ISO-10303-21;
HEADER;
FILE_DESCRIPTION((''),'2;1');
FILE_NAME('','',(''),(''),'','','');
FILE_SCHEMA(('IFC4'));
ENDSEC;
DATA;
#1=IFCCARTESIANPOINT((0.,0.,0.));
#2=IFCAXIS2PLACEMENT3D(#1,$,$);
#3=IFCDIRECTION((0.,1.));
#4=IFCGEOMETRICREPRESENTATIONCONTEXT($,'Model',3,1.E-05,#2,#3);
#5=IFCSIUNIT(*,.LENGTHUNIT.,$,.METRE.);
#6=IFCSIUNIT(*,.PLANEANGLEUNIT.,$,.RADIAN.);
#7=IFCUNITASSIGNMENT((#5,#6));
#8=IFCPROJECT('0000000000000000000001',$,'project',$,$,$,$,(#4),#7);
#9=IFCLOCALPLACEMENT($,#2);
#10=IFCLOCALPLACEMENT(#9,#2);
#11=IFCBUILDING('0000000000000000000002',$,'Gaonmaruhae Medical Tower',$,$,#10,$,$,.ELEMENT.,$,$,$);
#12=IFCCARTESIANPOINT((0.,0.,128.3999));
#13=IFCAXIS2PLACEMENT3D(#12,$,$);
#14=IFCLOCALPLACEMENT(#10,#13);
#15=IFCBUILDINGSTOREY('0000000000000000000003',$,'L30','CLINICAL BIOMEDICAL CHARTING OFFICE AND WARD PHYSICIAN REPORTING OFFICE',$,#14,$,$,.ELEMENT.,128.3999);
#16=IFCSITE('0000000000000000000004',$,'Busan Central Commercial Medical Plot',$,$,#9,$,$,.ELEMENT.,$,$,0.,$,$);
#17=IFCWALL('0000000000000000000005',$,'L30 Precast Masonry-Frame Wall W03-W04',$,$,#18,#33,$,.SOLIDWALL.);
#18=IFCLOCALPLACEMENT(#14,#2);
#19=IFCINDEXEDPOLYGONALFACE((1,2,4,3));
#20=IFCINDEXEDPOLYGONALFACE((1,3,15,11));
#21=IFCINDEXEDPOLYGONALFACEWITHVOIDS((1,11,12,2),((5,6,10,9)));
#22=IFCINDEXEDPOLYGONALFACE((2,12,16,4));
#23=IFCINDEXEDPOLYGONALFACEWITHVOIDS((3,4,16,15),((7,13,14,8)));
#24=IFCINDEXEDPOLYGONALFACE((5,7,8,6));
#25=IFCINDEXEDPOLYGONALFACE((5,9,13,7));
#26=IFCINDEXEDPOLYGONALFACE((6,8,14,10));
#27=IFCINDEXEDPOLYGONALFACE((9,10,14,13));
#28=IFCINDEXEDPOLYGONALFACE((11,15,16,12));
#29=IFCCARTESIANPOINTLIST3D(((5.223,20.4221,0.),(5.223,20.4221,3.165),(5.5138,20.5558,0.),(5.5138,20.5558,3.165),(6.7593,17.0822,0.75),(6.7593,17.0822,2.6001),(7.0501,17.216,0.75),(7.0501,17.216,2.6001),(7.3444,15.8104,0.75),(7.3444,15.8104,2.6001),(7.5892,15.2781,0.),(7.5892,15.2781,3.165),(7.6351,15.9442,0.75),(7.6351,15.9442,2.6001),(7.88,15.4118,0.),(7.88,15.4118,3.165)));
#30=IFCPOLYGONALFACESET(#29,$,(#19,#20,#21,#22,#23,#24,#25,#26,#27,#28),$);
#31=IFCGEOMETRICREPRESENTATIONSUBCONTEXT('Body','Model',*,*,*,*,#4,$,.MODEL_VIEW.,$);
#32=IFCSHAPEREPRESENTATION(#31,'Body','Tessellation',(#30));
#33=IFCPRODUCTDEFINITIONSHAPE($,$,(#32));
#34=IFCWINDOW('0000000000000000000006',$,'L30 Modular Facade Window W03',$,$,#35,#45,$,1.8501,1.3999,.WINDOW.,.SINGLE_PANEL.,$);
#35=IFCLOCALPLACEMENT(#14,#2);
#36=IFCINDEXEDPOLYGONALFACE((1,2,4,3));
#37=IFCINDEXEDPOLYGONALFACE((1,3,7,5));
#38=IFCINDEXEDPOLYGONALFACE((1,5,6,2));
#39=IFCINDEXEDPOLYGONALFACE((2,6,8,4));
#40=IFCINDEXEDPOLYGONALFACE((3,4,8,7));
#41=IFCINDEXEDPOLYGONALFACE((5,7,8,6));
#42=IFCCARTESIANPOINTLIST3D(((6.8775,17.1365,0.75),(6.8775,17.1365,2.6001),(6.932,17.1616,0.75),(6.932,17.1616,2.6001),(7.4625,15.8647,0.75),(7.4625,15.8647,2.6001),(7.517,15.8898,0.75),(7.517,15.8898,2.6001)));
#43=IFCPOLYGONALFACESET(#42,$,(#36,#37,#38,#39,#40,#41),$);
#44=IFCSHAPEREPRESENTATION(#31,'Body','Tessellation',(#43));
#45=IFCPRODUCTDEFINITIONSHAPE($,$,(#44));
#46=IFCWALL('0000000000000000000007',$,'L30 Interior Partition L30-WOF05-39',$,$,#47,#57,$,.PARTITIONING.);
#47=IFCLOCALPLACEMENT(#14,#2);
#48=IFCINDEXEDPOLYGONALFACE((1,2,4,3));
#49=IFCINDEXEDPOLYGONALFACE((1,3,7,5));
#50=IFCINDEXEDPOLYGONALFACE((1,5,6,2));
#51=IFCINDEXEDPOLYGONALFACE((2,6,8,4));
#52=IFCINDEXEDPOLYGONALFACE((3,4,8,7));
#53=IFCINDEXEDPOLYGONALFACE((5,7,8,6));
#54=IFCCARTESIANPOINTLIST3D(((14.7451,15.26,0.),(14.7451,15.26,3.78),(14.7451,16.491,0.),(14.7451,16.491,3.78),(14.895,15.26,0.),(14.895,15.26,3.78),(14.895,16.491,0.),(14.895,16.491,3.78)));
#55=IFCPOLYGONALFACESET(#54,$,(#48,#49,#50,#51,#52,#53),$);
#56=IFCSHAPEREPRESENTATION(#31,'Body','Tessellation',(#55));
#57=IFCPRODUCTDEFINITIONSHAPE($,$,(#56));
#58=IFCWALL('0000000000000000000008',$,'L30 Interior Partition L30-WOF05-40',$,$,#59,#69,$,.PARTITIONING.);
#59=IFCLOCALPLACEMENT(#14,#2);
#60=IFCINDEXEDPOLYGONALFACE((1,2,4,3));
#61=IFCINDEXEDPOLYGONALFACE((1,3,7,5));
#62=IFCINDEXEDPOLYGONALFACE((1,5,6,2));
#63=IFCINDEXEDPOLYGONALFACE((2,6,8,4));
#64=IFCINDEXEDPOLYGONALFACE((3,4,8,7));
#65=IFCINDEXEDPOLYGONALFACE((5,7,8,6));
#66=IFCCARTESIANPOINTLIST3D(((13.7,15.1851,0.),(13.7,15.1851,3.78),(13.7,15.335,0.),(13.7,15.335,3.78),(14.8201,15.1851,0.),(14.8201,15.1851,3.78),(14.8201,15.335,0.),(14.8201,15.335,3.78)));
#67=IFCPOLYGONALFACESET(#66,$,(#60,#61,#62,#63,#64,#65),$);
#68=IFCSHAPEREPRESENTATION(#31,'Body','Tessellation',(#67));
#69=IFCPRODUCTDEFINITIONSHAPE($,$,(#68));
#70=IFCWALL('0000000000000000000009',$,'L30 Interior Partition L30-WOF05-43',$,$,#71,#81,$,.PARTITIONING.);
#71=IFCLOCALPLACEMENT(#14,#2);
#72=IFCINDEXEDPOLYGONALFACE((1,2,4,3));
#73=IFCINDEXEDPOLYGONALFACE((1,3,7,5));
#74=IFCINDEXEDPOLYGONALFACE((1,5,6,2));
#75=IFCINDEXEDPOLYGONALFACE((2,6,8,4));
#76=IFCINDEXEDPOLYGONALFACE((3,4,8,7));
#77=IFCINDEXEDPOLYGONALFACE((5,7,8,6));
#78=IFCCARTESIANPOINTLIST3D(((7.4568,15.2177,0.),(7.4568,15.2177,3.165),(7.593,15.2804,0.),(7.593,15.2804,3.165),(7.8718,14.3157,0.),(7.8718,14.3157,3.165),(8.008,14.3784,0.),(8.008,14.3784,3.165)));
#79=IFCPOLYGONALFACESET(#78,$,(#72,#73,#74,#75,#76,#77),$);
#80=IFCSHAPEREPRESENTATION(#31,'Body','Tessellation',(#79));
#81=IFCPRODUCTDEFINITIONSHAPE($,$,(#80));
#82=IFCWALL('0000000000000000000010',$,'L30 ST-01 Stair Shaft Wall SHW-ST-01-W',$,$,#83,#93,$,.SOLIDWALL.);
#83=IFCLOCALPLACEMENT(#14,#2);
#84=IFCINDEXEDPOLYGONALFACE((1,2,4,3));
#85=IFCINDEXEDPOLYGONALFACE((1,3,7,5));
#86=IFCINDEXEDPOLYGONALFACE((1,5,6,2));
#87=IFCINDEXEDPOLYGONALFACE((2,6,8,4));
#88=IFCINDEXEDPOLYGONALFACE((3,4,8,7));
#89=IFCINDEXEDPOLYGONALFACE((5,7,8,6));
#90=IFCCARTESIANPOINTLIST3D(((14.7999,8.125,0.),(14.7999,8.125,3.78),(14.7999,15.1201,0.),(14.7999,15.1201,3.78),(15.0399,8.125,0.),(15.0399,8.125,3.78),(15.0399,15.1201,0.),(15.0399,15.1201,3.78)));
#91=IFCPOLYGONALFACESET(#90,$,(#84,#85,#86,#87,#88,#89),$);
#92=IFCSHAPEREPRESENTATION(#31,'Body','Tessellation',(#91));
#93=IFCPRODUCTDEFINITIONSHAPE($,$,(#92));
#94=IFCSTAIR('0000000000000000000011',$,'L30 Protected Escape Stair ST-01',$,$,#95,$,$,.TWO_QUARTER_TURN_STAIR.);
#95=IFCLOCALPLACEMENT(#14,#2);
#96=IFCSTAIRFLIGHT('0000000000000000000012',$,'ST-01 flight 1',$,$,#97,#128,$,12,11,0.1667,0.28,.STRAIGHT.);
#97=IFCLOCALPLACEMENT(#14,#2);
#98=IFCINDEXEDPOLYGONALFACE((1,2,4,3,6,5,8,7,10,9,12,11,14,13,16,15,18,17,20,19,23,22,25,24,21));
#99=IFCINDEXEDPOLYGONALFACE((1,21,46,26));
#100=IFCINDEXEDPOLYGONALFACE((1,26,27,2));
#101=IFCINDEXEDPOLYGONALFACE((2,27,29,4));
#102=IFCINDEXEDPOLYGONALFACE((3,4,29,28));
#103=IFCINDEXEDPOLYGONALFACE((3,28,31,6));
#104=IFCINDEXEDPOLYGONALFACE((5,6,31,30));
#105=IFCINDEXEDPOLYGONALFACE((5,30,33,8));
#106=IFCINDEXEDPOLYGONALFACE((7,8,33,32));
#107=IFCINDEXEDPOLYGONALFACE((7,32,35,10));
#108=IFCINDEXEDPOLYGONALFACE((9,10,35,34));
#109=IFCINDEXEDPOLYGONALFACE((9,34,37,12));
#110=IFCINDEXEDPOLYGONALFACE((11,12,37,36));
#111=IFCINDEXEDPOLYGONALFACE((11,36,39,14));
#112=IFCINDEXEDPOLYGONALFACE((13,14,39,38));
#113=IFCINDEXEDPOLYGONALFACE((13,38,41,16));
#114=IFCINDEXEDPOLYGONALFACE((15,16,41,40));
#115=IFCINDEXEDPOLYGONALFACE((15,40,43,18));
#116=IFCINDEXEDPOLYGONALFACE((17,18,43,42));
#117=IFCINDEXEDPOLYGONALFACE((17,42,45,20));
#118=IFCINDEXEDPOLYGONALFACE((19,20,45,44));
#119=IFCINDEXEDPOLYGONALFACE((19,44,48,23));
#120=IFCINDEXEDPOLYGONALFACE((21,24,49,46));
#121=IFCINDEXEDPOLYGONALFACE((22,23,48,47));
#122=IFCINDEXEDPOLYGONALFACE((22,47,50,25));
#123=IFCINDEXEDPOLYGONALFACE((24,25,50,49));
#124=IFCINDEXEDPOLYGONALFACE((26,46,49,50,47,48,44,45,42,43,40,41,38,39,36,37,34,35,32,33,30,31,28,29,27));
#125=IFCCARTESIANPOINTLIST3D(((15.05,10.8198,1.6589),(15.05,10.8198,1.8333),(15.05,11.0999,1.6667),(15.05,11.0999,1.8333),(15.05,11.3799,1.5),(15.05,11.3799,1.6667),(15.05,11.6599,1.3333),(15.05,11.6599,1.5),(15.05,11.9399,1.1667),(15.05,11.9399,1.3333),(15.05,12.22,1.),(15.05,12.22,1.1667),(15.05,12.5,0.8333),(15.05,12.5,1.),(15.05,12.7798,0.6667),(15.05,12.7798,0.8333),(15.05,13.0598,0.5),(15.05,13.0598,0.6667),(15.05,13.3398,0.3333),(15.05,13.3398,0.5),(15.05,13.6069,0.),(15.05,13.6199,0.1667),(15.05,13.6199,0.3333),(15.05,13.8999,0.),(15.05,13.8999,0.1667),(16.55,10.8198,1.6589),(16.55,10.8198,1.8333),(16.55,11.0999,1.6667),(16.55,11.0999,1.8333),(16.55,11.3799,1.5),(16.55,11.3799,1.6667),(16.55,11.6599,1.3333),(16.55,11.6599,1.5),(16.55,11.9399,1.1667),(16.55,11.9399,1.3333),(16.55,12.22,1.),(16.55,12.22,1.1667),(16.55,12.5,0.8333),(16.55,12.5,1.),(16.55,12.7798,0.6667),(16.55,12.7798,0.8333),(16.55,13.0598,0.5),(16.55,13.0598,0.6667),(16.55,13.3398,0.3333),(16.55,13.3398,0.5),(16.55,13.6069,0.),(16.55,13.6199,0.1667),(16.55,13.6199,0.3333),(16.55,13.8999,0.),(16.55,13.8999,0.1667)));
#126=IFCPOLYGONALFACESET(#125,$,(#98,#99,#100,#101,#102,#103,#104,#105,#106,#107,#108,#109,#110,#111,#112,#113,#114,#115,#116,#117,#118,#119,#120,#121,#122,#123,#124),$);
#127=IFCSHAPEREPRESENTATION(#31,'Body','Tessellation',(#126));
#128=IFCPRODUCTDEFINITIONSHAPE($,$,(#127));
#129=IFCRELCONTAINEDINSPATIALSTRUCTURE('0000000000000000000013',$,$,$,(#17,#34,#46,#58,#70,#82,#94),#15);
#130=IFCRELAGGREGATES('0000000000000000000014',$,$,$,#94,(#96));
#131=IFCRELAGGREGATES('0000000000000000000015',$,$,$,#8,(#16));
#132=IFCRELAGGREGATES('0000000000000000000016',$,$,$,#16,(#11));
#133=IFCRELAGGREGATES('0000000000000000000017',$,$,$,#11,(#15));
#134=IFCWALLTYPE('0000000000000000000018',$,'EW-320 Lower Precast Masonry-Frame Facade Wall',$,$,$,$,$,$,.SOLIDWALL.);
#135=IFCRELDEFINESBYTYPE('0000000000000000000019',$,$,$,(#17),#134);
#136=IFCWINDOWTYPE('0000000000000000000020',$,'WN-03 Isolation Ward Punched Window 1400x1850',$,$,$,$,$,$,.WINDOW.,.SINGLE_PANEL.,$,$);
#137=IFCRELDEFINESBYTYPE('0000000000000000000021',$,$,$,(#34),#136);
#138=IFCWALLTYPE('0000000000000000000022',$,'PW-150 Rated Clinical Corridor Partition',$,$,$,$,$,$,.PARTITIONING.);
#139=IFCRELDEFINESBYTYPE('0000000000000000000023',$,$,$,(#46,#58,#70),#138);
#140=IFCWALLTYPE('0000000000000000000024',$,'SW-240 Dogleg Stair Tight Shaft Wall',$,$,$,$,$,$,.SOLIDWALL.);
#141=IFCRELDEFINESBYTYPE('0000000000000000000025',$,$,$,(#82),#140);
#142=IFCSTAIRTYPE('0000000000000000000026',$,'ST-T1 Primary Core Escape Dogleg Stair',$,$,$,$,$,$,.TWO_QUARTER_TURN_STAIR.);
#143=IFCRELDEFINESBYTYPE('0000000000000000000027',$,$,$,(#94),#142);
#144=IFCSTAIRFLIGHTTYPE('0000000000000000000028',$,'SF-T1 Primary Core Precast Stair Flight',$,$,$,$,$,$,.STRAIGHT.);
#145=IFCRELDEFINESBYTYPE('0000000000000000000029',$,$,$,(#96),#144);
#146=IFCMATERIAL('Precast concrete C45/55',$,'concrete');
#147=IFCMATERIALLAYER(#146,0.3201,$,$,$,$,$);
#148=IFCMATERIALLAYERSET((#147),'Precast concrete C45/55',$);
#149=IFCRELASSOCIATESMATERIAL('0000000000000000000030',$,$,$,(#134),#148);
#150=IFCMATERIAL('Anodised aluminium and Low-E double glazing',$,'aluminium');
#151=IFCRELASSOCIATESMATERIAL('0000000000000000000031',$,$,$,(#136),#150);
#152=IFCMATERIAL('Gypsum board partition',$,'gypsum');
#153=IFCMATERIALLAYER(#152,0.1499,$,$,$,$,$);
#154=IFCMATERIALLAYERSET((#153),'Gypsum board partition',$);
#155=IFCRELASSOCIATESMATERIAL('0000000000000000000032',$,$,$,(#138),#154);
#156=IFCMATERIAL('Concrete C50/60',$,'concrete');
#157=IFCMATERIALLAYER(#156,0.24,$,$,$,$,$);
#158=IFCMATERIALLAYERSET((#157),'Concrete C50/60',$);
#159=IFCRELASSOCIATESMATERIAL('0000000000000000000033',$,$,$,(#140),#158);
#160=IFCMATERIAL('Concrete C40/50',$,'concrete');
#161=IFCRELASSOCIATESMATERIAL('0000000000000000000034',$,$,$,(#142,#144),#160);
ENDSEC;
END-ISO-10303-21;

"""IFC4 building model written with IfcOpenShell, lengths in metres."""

from ifc_helpers import new_model, si_unit, direction, frame, frame_2d, origin, place, context, subcontext, project, spatial, polyline, rectangle, outline, extrude, material, layer, layer_set, type_object, element, fill, aggregate, save


model = new_model("IFC4")

# Units and contexts
model_context = context("Model", 3, precision=1e-05, world=origin(), true_north=direction((0.0, 1.0)))
body_context = subcontext(model_context, "Body", "Model", "MODEL_VIEW")
ifc_project = project(units=[si_unit("LENGTHUNIT", "METRE"), si_unit("PLANEANGLEUNIT", "RADIAN")], contexts=[model_context])

# Site, building, storey
site_placement = place(None, origin())
site = spatial("IfcSite", under=ifc_project, at=site_placement, Name="Busan Central Commercial Medical Plot", CompositionType="ELEMENT", RefElevation=0.0)
building_placement = place(site_placement, origin())
building = spatial("IfcBuilding", under=site, at=building_placement, Name="Gaonmaruhae Medical Tower", CompositionType="ELEMENT")
storey_placement = place(building_placement, frame((0.0, 0.0, 128.3999)))
storey = spatial("IfcBuildingStorey", under=building, at=storey_placement, Name="L30", Description="CLINICAL BIOMEDICAL CHARTING OFFICE AND WARD PHYSICIAN REPORTING OFFICE", CompositionType="ELEMENT", Elevation=128.3999)

# Wall, opening, window
ifc_material_1 = material(Name="Precast concrete C45/55", Category="concrete")
ifc_layer_1 = layer(ifc_material_1, 0.3201)
ifc_layer_set_1 = layer_set([ifc_layer_1], Name="Precast concrete C45/55")
wall_type_1 = type_object("IfcWallType", Name="EW-320 Lower Precast Masonry-Frame Facade Wall", PredefinedType="SOLIDWALL", material=ifc_layer_set_1)
wall_1_placement = place(storey_placement, frame((7.7346, 15.345, 0.0), z_axis=(0.0, 0.0, 1.0), x_axis=(-0.417898, 0.908494, 0.0)))
wall_1 = element("IfcWall", 1, at=wall_1_placement, inside=storey, type_object=wall_type_1, Name="L30 Precast Masonry-Frame Wall W03-W04", PredefinedType="SOLIDWALL", context=body_context, shape_type="SweptSolid", body=[
    extrude(rectangle(XDim=5.6621, YDim=0.3201, at=frame_2d((2.8311, 0.0))), origin(), (0.0, 0.0, 1.0), 3.165),
])
opening_1_placement = place(wall_1_placement, frame((0.5859, 0.0, 0.75)))
opening_1 = element("IfcOpeningElement", 2, at=opening_1_placement, cuts=wall_1, PredefinedType="OPENING", context=body_context, shape_type="SweptSolid", body=[
    extrude(rectangle(XDim=1.3999, YDim=1.8501, at=frame_2d((0.7, 0.925))), frame((0.0, 0.1699, 0.0), z_axis=(0.0, -1.0, 0.0), x_axis=(1.0, 0.0, 0.0)), (0.0, 0.0, 1.0), 0.3401),
])
ifc_material_2 = material(Name="Anodised aluminium and Low-E double glazing", Category="aluminium")
window_type = type_object("IfcWindowType", Name="WN-03 Isolation Ward Punched Window 1400x1850", PartitioningType="SINGLE_PANEL", PredefinedType="WINDOW", material=ifc_material_2)
window_placement = place(opening_1_placement, origin())
window = element("IfcWindow", 3, at=window_placement, inside=storey, type_object=window_type, Name="L30 Modular Facade Window W03", OverallHeight=1.8501, OverallWidth=1.3999, PartitioningType="SINGLE_PANEL", PredefinedType="WINDOW", context=body_context, shape_type="SweptSolid", body=[
    extrude(rectangle(XDim=1.3999, YDim=1.8501, at=frame_2d((0.7, 0.925))), frame((0.0, 0.03, 0.0), z_axis=(0.0, -1.0, 0.0), x_axis=(1.0, 0.0, 0.0)), (0.0, 0.0, 1.0), 0.0601),
])
fill(opening_1, window)

# Walls
ifc_material_3 = material(Name="Gypsum board partition", Category="gypsum")
ifc_layer_2 = layer(ifc_material_3, 0.1499)
ifc_layer_set_2 = layer_set([ifc_layer_2], Name="Gypsum board partition")
wall_type_2 = type_object("IfcWallType", Name="PW-150 Rated Clinical Corridor Partition", PredefinedType="PARTITIONING", material=ifc_layer_set_2)
wall_2_placement = place(storey_placement, frame((14.8201, 16.491, 0.0), z_axis=(0.0, 0.0, 1.0), x_axis=(0.0, -1.0, 0.0)))
element("IfcWall", 4, at=wall_2_placement, inside=storey, type_object=wall_type_2, Name="L30 Interior Partition L30-WOF05-39", PredefinedType="PARTITIONING", context=body_context, shape_type="SweptSolid", body=[
    extrude(rectangle(XDim=1.231, YDim=0.1499, at=frame_2d((0.6155, 0.0))), origin(), (0.0, 0.0, 1.0), 3.78),
])
wall_3_placement = place(storey_placement, frame((14.8201, 15.26, 0.0), z_axis=(0.0, 0.0, 1.0), x_axis=(-1.0, 0.0, 0.0)))
element("IfcWall", 5, at=wall_3_placement, inside=storey, type_object=wall_type_2, Name="L30 Interior Partition L30-WOF05-40", PredefinedType="PARTITIONING", context=body_context, shape_type="SweptSolid", body=[
    extrude(rectangle(XDim=1.1201, YDim=0.1499, at=frame_2d((0.5601, 0.0))), origin(), (0.0, 0.0, 1.0), 3.78),
])
wall_4_placement = place(storey_placement, frame((7.9399, 14.3469, 0.0), z_axis=(0.0, 0.0, 1.0), x_axis=(-0.417966, 0.908462, 0.0)))
element("IfcWall", 6, at=wall_4_placement, inside=storey, type_object=wall_type_2, Name="L30 Interior Partition L30-WOF05-43", PredefinedType="PARTITIONING", context=body_context, shape_type="SweptSolid", body=[
    extrude(rectangle(XDim=0.9929, YDim=0.1499, at=frame_2d((0.4966, 0.0))), origin(), (0.0, 0.0, 1.0), 3.165),
])

# Shared definitions
ifc_material_4 = material(Name="Concrete C50/60", Category="concrete")
ifc_layer_3 = layer(ifc_material_4, 0.24)
ifc_layer_set_3 = layer_set([ifc_layer_3], Name="Concrete C50/60")
wall_type_3 = type_object("IfcWallType", Name="SW-240 Dogleg Stair Tight Shaft Wall", PredefinedType="SOLIDWALL", material=ifc_layer_set_3)

# Wall
wall_5_placement = place(storey_placement, frame((14.9199, 8.125, 0.0), z_axis=(0.0, 0.0, 1.0), x_axis=(0.0, 1.0, 0.0)))
element("IfcWall", 7, at=wall_5_placement, inside=storey, type_object=wall_type_3, Name="L30 ST-01 Stair Shaft Wall SHW-ST-01-W", PredefinedType="SOLIDWALL", context=body_context, shape_type="SweptSolid", body=[
    extrude(rectangle(XDim=6.9951, YDim=0.24, at=frame_2d((3.4976, 0.0))), origin(), (0.0, 0.0, 1.0), 3.78),
])

# Stair, stair flight
ifc_material_5 = material(Name="Concrete C40/50", Category="concrete")
stair_type = type_object("IfcStairType", Name="ST-T1 Primary Core Escape Dogleg Stair", PredefinedType="TWO_QUARTER_TURN_STAIR", material=ifc_material_5)
stair_placement = place(storey_placement, origin())
stair = element("IfcStair", 8, at=stair_placement, inside=storey, type_object=stair_type, Name="L30 Protected Escape Stair ST-01", PredefinedType="TWO_QUARTER_TURN_STAIR")
stair_flight_type = type_object("IfcStairFlightType", Name="SF-T1 Primary Core Precast Stair Flight", PredefinedType="STRAIGHT", material=ifc_material_5)
stair_flight_placement = place(storey_placement, frame((15.8, 13.8999, 0.0), z_axis=(0.0, 0.0, 1.0), x_axis=(0.0, -1.0, 0.0)))
stair_flight = element("IfcStairFlight", 9, at=stair_flight_placement, type_object=stair_flight_type, Name="ST-01 flight 1", NumberOfRisers=12, NumberOfTreads=11, PredefinedType="STRAIGHT", RiserHeight=0.1667, TreadLength=0.28, context=body_context, shape_type="SweptSolid", body=[
    extrude(outline(polyline([(0.0, 0.0), (0.0, 0.1667), (0.28, 0.1667), (0.28, 0.3333), (0.5601, 0.3333), (0.5601, 0.5), (0.8401, 0.5), (0.8401, 0.6667), (1.1201, 0.6667), (1.1201, 0.8333), (1.3999, 0.8333), (1.3999, 1.0), (1.6799, 1.0), (1.6799, 1.1667), (1.96, 1.1667), (1.96, 1.3333), (2.24, 1.3333), (2.24, 1.5), (2.52, 1.5), (2.52, 1.6667), (2.8, 1.6667), (2.8, 1.8333), (3.0801, 1.8333), (3.0801, 2.0), (3.0801, 1.6589), (0.293, 0.0), (0.0, 0.0)])), frame((0.0, 0.75, 0.0), z_axis=(0.0, -1.0, 0.0), x_axis=(1.0, 0.0, 0.0)), (0.0, 0.0, 1.0), 1.5),
])
aggregate(stair, [stair_flight])

save(model, "model.ifc")
